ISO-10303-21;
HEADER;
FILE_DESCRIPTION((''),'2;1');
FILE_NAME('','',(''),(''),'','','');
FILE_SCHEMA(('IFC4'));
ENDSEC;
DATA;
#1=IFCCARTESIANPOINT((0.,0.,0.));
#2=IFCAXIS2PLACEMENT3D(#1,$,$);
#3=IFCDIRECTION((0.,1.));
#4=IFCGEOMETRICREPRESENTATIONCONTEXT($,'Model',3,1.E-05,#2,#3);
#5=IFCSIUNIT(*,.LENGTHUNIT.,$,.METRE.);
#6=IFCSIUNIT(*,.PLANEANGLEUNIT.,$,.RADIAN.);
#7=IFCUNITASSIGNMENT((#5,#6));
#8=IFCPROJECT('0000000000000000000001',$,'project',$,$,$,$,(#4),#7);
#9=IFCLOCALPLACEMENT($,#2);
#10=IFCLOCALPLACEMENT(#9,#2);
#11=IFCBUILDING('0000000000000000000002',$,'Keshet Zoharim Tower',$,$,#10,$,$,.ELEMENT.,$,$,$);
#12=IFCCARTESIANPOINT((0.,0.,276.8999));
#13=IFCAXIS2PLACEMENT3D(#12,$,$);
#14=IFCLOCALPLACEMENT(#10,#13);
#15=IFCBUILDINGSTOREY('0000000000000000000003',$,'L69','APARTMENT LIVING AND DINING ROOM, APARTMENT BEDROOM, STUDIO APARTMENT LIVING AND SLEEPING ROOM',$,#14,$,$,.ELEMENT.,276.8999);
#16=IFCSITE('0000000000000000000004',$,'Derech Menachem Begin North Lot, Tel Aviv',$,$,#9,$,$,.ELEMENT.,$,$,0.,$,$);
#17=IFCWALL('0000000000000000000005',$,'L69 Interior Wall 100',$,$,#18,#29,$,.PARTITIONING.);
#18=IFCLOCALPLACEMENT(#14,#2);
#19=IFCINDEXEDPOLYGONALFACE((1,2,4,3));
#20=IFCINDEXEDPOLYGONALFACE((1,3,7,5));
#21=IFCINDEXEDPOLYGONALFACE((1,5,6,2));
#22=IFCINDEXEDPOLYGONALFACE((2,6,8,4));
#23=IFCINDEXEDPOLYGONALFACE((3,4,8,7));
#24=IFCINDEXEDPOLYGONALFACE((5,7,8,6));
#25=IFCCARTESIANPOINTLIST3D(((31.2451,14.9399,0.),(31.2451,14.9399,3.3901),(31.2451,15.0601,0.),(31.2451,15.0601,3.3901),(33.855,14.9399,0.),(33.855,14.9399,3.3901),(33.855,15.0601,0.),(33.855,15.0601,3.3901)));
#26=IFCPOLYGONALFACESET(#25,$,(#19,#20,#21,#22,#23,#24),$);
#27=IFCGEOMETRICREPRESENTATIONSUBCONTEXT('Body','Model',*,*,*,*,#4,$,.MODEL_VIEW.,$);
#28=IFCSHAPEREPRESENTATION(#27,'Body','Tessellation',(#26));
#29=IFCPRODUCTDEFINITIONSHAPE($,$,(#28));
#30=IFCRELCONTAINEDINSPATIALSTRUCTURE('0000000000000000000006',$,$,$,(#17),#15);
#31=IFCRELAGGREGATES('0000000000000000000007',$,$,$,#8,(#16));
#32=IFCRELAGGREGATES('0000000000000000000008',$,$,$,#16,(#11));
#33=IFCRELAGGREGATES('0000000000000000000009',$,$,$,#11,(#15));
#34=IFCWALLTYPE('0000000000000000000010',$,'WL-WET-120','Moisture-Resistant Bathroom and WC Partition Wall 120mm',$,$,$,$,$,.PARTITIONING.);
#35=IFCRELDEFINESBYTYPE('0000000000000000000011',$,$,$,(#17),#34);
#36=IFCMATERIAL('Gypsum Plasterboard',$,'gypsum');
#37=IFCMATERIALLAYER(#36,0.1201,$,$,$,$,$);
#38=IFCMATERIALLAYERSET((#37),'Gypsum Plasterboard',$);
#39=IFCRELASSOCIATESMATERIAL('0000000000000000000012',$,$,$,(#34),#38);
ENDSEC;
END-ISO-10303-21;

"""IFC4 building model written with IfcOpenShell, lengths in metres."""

from ifc_helpers import new_model, si_unit, direction, frame, frame_2d, origin, place, context, subcontext, project, spatial, rectangle, extrude, material, layer, layer_set, type_object, element, save


model = new_model("IFC4")

# Units and contexts
model_context = context("Model", 3, precision=1e-05, world=origin(), true_north=direction((0.0, 1.0)))
body_context = subcontext(model_context, "Body", "Model", "MODEL_VIEW")
ifc_project = project(units=[si_unit("LENGTHUNIT", "METRE"), si_unit("PLANEANGLEUNIT", "RADIAN")], contexts=[model_context])

# Site, building, storey
site_placement = place(None, origin())
site = spatial("IfcSite", under=ifc_project, at=site_placement, Name="Derech Menachem Begin North Lot, Tel Aviv", CompositionType="ELEMENT", RefElevation=0.0)
building_placement = place(site_placement, origin())
building = spatial("IfcBuilding", under=site, at=building_placement, Name="Keshet Zoharim Tower", CompositionType="ELEMENT")
storey_placement = place(building_placement, frame((0.0, 0.0, 276.8999)))
storey = spatial("IfcBuildingStorey", under=building, at=storey_placement, Name="L69", Description="APARTMENT LIVING AND DINING ROOM, APARTMENT BEDROOM, STUDIO APARTMENT LIVING AND SLEEPING ROOM", CompositionType="ELEMENT", Elevation=276.8999)

# Shared definitions
ifc_material_1 = material(Name="Gypsum Plasterboard", Category="gypsum")

# Shared definitions
ifc_layer_1 = layer(ifc_material_1, 0.1201)
ifc_layer_set_1 = layer_set([ifc_layer_1], Name="Gypsum Plasterboard")
wall_type_1 = type_object("IfcWallType", Name="WL-WET-120", Description="Moisture-Resistant Bathroom and WC Partition Wall 120mm", PredefinedType="PARTITIONING", material=ifc_layer_set_1)

# Wall
wall_1_placement = place(storey_placement, frame((31.2451, 15.0, 0.0), z_axis=(0.0, 0.0, 1.0), x_axis=(1.0, 0.0, 0.0)))
element("IfcWall", 1, at=wall_1_placement, inside=storey, type_object=wall_type_1, Name="L69 Interior Wall 100", PredefinedType="PARTITIONING", context=body_context, shape_type="SweptSolid", body=[
    extrude(rectangle(XDim=2.6099, YDim=0.1201, at=frame_2d((1.3049, 0.0))), origin(), (0.0, 0.0, 1.0), 3.3901),
])

save(model, "model.ifc")
